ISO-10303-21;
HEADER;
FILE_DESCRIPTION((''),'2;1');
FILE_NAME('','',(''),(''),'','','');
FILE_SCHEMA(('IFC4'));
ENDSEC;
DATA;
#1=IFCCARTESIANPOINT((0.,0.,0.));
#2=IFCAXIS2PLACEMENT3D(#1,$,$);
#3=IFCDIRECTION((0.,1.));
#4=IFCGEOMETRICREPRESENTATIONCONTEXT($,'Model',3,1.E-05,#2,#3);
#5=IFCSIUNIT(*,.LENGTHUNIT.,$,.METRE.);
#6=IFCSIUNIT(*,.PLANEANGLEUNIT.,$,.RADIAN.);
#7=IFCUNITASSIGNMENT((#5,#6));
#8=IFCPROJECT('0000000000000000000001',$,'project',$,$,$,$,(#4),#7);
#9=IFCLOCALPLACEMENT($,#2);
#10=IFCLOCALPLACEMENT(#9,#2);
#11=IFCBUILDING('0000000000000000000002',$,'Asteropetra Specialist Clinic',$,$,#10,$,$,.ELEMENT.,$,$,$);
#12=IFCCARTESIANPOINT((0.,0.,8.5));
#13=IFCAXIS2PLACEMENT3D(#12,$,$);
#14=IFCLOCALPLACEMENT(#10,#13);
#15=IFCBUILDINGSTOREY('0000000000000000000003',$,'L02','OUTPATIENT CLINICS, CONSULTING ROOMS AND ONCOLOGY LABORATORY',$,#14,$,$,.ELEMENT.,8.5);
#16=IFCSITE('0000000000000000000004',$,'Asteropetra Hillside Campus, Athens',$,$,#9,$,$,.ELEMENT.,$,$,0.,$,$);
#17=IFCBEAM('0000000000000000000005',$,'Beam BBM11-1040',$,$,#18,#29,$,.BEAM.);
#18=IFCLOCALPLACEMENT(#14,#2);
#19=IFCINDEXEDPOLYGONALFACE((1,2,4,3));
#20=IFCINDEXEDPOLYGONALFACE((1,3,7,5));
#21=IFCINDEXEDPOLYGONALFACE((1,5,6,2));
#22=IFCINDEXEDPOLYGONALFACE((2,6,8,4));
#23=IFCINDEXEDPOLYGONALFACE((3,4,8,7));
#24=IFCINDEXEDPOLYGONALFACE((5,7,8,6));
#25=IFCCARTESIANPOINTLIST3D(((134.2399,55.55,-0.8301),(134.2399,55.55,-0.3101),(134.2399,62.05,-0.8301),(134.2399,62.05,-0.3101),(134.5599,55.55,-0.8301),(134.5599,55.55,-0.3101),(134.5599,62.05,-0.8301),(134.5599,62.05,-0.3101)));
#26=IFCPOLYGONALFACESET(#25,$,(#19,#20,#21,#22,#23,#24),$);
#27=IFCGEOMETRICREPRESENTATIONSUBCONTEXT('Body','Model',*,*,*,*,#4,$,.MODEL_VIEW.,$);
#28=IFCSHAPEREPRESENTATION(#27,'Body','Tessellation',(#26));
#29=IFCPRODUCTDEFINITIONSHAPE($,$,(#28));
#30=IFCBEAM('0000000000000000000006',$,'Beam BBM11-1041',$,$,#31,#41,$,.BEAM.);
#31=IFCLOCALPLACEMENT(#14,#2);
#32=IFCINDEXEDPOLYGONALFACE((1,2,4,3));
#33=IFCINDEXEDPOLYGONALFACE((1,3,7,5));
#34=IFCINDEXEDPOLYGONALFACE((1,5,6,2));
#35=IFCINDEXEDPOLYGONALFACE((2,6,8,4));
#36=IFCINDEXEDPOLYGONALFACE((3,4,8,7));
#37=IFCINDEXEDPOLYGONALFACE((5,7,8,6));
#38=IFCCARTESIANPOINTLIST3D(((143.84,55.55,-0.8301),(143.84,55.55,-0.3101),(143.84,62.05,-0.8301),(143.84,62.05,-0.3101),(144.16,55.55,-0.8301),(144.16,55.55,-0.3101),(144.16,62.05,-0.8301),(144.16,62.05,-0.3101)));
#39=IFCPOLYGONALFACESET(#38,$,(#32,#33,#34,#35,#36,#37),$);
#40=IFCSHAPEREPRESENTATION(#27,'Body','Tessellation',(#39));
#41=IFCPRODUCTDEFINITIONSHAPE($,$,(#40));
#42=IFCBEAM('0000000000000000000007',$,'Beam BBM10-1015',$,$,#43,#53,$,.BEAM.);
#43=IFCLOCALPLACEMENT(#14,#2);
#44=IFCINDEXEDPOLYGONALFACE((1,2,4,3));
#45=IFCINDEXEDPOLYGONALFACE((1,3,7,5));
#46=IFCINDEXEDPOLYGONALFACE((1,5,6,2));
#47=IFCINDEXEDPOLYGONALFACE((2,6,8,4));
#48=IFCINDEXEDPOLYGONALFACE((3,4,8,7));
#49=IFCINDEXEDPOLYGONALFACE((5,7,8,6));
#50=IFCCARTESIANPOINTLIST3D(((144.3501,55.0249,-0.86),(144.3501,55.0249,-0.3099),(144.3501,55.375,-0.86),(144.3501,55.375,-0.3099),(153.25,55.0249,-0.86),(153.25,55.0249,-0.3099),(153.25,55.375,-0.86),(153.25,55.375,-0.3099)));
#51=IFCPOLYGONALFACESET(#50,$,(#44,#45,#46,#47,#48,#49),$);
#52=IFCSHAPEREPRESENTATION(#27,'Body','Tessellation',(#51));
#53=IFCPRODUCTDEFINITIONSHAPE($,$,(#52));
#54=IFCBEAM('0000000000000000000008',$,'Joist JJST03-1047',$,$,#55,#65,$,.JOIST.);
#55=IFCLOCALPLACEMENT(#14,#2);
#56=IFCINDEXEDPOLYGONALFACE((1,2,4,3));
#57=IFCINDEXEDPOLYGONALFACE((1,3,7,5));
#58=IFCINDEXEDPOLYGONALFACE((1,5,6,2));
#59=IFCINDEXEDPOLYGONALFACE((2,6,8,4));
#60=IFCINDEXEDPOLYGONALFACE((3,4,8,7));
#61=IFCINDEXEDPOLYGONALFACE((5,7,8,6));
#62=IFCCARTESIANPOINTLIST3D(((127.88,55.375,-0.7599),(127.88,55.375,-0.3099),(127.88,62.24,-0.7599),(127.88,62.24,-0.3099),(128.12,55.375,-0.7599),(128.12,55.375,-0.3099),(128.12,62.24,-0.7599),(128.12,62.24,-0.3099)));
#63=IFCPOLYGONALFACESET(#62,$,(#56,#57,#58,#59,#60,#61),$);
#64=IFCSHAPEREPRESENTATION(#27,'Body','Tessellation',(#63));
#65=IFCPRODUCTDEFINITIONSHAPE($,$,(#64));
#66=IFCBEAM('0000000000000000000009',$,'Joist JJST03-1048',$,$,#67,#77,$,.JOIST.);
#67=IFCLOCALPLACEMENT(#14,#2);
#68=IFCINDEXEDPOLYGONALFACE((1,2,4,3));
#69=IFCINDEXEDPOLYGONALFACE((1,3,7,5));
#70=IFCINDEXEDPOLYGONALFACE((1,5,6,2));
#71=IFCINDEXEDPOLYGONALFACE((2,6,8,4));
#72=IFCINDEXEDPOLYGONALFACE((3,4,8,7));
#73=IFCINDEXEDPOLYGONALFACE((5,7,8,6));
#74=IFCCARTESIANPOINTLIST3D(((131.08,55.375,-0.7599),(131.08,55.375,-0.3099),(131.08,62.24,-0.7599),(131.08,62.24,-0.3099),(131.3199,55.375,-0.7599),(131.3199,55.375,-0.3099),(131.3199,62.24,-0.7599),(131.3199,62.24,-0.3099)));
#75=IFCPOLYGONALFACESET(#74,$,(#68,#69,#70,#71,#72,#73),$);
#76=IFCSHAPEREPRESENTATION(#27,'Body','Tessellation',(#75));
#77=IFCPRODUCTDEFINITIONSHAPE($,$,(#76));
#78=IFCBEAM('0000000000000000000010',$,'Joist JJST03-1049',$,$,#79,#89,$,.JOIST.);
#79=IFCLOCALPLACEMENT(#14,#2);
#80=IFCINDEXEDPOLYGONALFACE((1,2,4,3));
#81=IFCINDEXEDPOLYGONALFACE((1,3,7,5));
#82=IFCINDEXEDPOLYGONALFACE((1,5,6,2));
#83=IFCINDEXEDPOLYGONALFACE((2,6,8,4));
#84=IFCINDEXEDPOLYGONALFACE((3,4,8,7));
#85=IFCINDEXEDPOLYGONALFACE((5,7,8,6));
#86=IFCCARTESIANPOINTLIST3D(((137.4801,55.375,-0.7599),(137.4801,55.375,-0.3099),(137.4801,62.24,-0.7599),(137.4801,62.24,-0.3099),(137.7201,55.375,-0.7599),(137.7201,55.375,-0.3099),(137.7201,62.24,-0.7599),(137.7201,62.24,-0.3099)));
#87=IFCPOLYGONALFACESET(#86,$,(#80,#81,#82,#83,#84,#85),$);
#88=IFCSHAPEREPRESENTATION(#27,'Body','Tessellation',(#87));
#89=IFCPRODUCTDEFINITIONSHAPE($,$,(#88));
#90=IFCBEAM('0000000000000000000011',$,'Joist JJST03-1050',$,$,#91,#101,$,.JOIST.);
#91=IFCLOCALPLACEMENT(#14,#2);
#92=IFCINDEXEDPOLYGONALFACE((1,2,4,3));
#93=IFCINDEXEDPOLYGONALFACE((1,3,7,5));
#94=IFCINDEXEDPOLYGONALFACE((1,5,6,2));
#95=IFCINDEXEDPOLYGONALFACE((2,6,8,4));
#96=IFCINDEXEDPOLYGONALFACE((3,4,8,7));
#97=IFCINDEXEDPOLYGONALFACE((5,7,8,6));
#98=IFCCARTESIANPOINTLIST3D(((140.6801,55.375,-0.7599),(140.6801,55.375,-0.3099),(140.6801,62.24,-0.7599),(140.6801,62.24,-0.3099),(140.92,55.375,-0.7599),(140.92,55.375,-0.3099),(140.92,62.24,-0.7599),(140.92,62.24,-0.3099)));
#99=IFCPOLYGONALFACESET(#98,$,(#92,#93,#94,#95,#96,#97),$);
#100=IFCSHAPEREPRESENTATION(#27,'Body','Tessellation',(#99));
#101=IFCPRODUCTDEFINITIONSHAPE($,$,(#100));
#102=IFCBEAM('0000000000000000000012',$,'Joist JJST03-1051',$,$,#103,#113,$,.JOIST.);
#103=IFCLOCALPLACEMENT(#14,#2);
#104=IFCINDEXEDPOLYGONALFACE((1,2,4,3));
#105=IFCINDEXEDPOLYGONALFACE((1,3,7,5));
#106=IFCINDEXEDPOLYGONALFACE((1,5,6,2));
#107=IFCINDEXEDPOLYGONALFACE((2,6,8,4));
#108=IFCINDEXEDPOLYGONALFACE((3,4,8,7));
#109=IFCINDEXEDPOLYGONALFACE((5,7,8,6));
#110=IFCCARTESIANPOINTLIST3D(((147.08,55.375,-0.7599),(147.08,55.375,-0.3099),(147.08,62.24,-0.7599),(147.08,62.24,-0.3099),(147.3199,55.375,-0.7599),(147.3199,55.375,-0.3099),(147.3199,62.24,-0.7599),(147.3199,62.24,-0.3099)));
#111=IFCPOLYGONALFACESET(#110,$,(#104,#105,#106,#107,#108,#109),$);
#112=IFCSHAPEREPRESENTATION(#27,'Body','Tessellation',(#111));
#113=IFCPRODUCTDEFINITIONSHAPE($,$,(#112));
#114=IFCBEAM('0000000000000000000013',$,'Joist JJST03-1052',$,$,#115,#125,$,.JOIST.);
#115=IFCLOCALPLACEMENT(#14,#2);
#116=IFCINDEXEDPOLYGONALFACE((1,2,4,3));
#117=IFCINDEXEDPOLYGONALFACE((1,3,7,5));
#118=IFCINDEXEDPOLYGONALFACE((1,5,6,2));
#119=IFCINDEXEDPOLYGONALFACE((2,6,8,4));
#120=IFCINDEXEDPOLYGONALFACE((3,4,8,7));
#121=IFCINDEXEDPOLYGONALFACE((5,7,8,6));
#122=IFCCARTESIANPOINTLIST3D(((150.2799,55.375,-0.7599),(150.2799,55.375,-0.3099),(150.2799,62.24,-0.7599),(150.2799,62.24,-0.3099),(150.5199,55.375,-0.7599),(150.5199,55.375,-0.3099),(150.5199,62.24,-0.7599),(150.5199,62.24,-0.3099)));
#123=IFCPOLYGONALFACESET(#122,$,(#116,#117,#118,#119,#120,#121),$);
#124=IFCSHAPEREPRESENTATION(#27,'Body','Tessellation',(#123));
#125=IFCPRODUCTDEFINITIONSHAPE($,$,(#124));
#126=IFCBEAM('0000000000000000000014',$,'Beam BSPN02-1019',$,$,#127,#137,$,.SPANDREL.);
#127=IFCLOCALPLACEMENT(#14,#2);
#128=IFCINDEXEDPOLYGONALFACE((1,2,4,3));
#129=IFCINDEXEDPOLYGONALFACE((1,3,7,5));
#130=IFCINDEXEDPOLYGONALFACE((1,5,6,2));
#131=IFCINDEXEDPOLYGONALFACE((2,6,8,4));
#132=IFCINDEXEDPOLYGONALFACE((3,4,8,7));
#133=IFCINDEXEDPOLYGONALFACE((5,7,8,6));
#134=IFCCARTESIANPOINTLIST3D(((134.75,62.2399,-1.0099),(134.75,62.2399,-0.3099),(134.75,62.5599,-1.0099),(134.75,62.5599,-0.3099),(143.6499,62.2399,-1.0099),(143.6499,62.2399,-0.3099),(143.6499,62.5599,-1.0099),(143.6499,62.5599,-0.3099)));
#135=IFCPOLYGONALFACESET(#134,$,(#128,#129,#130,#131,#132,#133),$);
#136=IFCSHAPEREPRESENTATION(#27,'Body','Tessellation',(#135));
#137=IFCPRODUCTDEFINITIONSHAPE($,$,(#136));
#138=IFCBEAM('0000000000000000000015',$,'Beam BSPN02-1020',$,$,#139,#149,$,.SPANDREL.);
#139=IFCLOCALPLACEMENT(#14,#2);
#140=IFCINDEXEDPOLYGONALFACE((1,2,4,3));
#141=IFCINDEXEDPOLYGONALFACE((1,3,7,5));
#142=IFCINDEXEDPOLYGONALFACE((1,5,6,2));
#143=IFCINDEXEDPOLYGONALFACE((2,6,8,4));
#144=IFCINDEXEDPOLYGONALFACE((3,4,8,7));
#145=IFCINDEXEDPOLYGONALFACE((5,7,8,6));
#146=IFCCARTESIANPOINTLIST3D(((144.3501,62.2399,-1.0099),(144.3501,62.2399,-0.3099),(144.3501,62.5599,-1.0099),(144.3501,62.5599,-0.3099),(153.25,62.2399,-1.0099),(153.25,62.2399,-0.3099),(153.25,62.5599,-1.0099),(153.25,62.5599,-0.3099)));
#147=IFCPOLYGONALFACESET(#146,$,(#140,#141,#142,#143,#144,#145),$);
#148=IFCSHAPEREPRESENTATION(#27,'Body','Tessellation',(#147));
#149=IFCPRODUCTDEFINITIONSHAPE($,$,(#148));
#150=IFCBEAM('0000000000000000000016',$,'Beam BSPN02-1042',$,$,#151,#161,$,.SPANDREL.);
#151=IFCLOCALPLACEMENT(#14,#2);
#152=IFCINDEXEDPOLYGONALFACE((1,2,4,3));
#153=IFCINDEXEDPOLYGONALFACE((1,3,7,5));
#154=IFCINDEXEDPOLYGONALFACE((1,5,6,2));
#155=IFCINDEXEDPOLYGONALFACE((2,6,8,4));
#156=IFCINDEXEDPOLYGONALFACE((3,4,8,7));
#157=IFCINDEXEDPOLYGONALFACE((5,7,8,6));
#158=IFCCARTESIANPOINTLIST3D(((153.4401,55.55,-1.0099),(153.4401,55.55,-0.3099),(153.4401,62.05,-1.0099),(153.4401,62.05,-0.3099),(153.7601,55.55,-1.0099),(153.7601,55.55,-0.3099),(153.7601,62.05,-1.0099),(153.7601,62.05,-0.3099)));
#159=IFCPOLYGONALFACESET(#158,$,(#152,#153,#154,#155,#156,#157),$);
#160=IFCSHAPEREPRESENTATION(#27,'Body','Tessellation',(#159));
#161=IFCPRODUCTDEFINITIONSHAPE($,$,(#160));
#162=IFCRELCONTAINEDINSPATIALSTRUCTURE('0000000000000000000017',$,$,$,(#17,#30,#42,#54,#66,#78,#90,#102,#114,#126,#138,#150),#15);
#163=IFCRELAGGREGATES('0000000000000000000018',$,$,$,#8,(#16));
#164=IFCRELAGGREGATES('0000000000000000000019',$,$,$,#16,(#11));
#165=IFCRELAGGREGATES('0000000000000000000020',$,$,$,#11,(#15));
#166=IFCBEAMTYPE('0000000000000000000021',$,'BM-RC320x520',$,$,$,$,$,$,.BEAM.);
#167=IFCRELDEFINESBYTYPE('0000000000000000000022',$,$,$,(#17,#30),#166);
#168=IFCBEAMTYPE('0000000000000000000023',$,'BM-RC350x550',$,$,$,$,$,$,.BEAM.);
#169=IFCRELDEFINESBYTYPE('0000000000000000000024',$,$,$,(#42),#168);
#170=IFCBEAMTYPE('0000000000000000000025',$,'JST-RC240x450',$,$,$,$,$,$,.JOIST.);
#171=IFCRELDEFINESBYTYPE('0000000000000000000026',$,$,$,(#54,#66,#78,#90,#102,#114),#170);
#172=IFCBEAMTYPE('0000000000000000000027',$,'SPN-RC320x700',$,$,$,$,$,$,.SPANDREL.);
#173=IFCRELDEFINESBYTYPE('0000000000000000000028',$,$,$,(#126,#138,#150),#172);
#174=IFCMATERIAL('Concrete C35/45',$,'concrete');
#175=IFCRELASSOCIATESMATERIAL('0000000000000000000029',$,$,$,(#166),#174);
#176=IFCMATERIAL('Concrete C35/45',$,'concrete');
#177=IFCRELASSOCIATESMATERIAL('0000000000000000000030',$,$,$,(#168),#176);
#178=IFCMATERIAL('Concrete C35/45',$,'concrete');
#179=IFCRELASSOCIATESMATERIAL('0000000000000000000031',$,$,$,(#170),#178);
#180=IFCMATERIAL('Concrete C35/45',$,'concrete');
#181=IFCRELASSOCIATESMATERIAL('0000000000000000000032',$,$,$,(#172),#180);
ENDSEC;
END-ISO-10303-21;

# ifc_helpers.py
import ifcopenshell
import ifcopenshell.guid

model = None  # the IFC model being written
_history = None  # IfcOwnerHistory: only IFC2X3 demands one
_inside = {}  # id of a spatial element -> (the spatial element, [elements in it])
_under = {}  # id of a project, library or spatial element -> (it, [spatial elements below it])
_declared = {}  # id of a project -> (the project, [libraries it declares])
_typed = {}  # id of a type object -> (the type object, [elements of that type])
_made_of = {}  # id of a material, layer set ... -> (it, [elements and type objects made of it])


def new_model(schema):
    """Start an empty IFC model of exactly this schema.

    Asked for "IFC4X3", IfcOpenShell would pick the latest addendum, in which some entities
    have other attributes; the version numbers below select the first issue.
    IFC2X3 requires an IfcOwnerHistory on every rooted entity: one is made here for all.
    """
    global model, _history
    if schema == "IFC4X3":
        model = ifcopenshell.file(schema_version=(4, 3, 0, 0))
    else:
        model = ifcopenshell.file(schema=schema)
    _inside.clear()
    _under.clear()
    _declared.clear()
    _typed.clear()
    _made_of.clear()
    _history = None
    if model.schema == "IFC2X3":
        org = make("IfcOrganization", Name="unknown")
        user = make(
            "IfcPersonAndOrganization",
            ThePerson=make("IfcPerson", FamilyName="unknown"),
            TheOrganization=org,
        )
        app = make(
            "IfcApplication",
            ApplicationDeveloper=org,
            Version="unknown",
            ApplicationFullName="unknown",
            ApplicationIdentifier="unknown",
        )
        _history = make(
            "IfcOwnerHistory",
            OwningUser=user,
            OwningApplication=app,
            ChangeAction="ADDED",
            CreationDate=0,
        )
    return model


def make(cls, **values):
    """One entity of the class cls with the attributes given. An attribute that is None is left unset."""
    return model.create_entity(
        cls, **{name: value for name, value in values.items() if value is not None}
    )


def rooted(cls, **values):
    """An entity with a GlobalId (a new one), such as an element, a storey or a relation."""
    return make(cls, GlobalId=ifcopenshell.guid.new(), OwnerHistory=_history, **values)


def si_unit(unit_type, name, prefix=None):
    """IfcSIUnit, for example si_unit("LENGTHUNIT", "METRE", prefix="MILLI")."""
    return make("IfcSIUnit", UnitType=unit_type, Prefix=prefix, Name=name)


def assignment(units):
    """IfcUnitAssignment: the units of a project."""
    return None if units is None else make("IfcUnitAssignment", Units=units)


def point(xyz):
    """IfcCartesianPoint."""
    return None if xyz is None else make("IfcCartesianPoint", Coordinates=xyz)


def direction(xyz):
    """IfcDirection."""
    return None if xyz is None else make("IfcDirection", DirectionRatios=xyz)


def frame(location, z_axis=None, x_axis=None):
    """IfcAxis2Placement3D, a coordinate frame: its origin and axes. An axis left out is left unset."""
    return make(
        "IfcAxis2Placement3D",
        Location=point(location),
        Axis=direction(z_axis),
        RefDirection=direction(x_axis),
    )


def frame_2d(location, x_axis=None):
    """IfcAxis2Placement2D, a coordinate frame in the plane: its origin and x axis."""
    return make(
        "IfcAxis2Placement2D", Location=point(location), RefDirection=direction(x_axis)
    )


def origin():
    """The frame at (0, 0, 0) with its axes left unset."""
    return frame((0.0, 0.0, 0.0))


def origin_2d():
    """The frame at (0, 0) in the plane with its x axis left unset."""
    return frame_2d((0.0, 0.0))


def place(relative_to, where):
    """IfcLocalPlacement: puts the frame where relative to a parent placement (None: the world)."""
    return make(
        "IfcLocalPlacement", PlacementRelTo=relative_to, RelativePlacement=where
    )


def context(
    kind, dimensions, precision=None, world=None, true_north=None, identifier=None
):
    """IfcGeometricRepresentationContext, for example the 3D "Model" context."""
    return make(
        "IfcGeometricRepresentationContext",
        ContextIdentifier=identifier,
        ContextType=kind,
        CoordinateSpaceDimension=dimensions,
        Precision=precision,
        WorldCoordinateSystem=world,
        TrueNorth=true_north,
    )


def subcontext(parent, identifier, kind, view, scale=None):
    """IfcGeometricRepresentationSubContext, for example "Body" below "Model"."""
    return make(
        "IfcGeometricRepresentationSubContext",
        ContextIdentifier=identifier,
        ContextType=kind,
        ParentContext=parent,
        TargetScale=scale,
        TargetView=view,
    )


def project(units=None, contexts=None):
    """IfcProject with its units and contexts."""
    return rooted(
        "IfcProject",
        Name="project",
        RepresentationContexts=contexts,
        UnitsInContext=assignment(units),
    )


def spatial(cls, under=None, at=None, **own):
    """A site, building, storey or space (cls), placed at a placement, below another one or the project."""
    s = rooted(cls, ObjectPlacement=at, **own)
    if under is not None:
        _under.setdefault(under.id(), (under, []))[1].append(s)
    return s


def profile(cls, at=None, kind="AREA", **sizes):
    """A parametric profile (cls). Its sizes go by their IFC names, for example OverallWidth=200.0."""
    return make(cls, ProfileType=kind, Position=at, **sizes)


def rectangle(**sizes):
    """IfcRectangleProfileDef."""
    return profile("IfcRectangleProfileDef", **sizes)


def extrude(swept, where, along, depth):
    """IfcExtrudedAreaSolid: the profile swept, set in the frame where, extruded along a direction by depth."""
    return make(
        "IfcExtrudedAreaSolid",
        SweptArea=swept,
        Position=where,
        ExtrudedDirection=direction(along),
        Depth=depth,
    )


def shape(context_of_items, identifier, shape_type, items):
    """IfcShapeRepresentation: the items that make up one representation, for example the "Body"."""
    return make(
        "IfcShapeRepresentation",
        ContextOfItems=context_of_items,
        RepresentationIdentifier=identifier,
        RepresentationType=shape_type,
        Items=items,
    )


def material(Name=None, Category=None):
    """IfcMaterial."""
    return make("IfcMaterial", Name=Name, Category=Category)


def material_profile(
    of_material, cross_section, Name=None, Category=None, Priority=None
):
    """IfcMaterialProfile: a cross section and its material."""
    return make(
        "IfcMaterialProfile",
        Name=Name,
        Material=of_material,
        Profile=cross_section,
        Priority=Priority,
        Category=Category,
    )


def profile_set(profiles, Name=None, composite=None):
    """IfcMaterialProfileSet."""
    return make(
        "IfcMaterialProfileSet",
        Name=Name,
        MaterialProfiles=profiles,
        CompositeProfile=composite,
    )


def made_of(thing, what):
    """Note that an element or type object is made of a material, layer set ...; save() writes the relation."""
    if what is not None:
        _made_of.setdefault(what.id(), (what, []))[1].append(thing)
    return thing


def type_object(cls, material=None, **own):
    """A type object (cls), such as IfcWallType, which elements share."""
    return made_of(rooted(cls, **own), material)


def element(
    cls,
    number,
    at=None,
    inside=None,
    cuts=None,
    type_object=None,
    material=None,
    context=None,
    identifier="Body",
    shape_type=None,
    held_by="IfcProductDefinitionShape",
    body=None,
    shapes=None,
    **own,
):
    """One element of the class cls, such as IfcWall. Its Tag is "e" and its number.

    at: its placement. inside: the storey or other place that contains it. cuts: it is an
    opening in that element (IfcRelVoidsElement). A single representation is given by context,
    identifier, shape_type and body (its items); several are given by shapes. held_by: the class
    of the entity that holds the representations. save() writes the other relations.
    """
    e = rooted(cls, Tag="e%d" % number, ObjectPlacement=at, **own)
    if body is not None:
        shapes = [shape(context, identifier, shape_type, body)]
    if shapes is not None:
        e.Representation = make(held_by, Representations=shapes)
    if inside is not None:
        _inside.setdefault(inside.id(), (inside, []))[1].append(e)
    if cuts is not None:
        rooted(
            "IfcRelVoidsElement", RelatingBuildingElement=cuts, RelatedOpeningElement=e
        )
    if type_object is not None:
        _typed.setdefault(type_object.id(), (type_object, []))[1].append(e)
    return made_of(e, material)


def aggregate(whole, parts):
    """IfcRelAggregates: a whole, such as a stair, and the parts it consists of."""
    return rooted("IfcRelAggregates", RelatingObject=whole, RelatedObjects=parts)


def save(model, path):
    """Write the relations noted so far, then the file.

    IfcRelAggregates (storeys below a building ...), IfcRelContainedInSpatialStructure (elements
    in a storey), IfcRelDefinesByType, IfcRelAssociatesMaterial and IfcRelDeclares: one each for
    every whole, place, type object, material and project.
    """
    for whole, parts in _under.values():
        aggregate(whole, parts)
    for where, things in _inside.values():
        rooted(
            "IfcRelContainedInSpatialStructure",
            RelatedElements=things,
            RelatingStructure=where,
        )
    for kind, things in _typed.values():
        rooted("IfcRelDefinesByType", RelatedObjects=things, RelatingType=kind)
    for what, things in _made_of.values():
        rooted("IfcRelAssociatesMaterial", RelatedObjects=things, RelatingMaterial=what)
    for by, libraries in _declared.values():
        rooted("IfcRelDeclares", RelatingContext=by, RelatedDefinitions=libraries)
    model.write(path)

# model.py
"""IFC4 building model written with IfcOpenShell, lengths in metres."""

from ifc_helpers import new_model, si_unit, direction, frame, origin, origin_2d, place, context, subcontext, project, spatial, rectangle, extrude, material, material_profile, profile_set, type_object, element, save


model = new_model("IFC4")

# Units and contexts
model_context = context("Model", 3, precision=1e-05, world=origin(), true_north=direction((0.0, 1.0)))
body_context = subcontext(model_context, "Body", "Model", "MODEL_VIEW")
ifc_project = project(units=[si_unit("LENGTHUNIT", "METRE"), si_unit("PLANEANGLEUNIT", "RADIAN")], contexts=[model_context])

# Site, building, storey
site_placement = place(None, origin())
site = spatial("IfcSite", under=ifc_project, at=site_placement, Name="Asteropetra Hillside Campus, Athens", CompositionType="ELEMENT", RefElevation=0.0)
building_placement = place(site_placement, origin())
building = spatial("IfcBuilding", under=site, at=building_placement, Name="Asteropetra Specialist Clinic", CompositionType="ELEMENT")
storey_placement = place(building_placement, frame((0.0, 0.0, 8.5)))
storey = spatial("IfcBuildingStorey", under=building, at=storey_placement, Name="L02", Description="OUTPATIENT CLINICS, CONSULTING ROOMS AND ONCOLOGY LABORATORY", CompositionType="ELEMENT", Elevation=8.5)

# Beams
ifc_material_1 = material(Name="Concrete C35/45", Category="concrete")
ifc_material_profile_1 = material_profile(ifc_material_1, rectangle(XDim=0.3201, YDim=0.52, at=origin_2d()), Name="RCB 320x520")
ifc_profile_set_1 = profile_set([ifc_material_profile_1], Name="Concrete C35/45")
beam_type_1 = type_object("IfcBeamType", Name="BM-RC320x520", PredefinedType="BEAM", material=ifc_profile_set_1)
for number, where, z_axis, x_axis, name in (
    (1, (134.3999, 55.55, -0.5701), (0.0, 1.0, 0.0), (-1.0, 0.0, 0.0), "Beam BBM11-1040"),
    (2, (144.0, 55.55, -0.5701), (0.0, 1.0, 0.0), (-1.0, 0.0, 0.0), "Beam BBM11-1041"),
):
    element("IfcBeam", number, at=place(storey_placement, frame(where, z_axis=z_axis, x_axis=x_axis)), inside=storey, type_object=beam_type_1, Name=name, PredefinedType="BEAM", context=body_context, shape_type="SweptSolid", body=[
        extrude(rectangle(XDim=0.3201, YDim=0.52, at=origin_2d()), origin(), (0.0, 0.0, 1.0), 6.5),
    ])
ifc_material_2 = material(Name="Concrete C35/45", Category="concrete")
ifc_material_profile_2 = material_profile(ifc_material_2, rectangle(XDim=0.3501, YDim=0.55, at=origin_2d()), Name="RCB 350x550")
ifc_profile_set_2 = profile_set([ifc_material_profile_2], Name="Concrete C35/45")
beam_type_2 = type_object("IfcBeamType", Name="BM-RC350x550", PredefinedType="BEAM", material=ifc_profile_set_2)
beam_1_placement = place(storey_placement, frame((144.3501, 55.2, -0.585), z_axis=(1.0, 0.0, 0.0), x_axis=(0.0, 1.0, 0.0)))
element("IfcBeam", 3, at=beam_1_placement, inside=storey, type_object=beam_type_2, Name="Beam BBM10-1015", PredefinedType="BEAM", context=body_context, shape_type="SweptSolid", body=[
    extrude(rectangle(XDim=0.3501, YDim=0.55, at=origin_2d()), origin(), (0.0, 0.0, 1.0), 8.8999),
])
ifc_material_3 = material(Name="Concrete C35/45", Category="concrete")
ifc_material_profile_3 = material_profile(ifc_material_3, rectangle(XDim=0.24, YDim=0.45, at=origin_2d()), Name="RCJ 240x450")
ifc_profile_set_3 = profile_set([ifc_material_profile_3], Name="Concrete C35/45")
beam_type_3 = type_object("IfcBeamType", Name="JST-RC240x450", PredefinedType="JOIST", material=ifc_profile_set_3)
for number, where, z_axis, x_axis, name in (
    (4, (128.0, 55.375, -0.5349), (0.0, 1.0, 0.0), (-1.0, 0.0, 0.0), "Joist JJST03-1047"),
    (5, (131.2, 55.375, -0.5349), (0.0, 1.0, 0.0), (-1.0, 0.0, 0.0), "Joist JJST03-1048"),
    (6, (137.6001, 55.375, -0.5349), (0.0, 1.0, 0.0), (-1.0, 0.0, 0.0), "Joist JJST03-1049"),
    (7, (140.8, 55.375, -0.5349), (0.0, 1.0, 0.0), (-1.0, 0.0, 0.0), "Joist JJST03-1050"),
    (8, (147.2, 55.375, -0.5349), (0.0, 1.0, 0.0), (-1.0, 0.0, 0.0), "Joist JJST03-1051"),
    (9, (150.3999, 55.375, -0.5349), (0.0, 1.0, 0.0), (-1.0, 0.0, 0.0), "Joist JJST03-1052"),
):
    element("IfcBeam", number, at=place(storey_placement, frame(where, z_axis=z_axis, x_axis=x_axis)), inside=storey, type_object=beam_type_3, Name=name, PredefinedType="JOIST", context=body_context, shape_type="SweptSolid", body=[
        extrude(rectangle(XDim=0.24, YDim=0.45, at=origin_2d()), origin(), (0.0, 0.0, 1.0), 6.865),
    ])
ifc_material_4 = material(Name="Concrete C35/45", Category="concrete")
ifc_material_profile_4 = material_profile(ifc_material_4, rectangle(XDim=0.3201, YDim=0.7, at=origin_2d()), Name="RCS 320x700")
ifc_profile_set_4 = profile_set([ifc_material_profile_4], Name="Concrete C35/45")
beam_type_4 = type_object("IfcBeamType", Name="SPN-RC320x700", PredefinedType="SPANDREL", material=ifc_profile_set_4)
for number, where, z_axis, x_axis, name in (
    (10, (134.75, 62.3999, -0.6599), (1.0, 0.0, 0.0), (0.0, 1.0, 0.0), "Beam BSPN02-1019"),
    (11, (144.3501, 62.3999, -0.6599), (1.0, 0.0, 0.0), (0.0, 1.0, 0.0), "Beam BSPN02-1020"),
):
    element("IfcBeam", number, at=place(storey_placement, frame(where, z_axis=z_axis, x_axis=x_axis)), inside=storey, type_object=beam_type_4, Name=name, PredefinedType="SPANDREL", context=body_context, shape_type="SweptSolid", body=[
        extrude(rectangle(XDim=0.3201, YDim=0.7, at=origin_2d()), origin(), (0.0, 0.0, 1.0), 8.8999),
    ])
beam_2_placement = place(storey_placement, frame((153.6001, 55.55, -0.6599), z_axis=(0.0, 1.0, 0.0), x_axis=(-1.0, 0.0, 0.0)))
element("IfcBeam", 12, at=beam_2_placement, inside=storey, type_object=beam_type_4, Name="Beam BSPN02-1042", PredefinedType="SPANDREL", context=body_context, shape_type="SweptSolid", body=[
    extrude(rectangle(XDim=0.3201, YDim=0.7, at=origin_2d()), origin(), (0.0, 0.0, 1.0), 6.5),
])

save(model, "model.ifc")
